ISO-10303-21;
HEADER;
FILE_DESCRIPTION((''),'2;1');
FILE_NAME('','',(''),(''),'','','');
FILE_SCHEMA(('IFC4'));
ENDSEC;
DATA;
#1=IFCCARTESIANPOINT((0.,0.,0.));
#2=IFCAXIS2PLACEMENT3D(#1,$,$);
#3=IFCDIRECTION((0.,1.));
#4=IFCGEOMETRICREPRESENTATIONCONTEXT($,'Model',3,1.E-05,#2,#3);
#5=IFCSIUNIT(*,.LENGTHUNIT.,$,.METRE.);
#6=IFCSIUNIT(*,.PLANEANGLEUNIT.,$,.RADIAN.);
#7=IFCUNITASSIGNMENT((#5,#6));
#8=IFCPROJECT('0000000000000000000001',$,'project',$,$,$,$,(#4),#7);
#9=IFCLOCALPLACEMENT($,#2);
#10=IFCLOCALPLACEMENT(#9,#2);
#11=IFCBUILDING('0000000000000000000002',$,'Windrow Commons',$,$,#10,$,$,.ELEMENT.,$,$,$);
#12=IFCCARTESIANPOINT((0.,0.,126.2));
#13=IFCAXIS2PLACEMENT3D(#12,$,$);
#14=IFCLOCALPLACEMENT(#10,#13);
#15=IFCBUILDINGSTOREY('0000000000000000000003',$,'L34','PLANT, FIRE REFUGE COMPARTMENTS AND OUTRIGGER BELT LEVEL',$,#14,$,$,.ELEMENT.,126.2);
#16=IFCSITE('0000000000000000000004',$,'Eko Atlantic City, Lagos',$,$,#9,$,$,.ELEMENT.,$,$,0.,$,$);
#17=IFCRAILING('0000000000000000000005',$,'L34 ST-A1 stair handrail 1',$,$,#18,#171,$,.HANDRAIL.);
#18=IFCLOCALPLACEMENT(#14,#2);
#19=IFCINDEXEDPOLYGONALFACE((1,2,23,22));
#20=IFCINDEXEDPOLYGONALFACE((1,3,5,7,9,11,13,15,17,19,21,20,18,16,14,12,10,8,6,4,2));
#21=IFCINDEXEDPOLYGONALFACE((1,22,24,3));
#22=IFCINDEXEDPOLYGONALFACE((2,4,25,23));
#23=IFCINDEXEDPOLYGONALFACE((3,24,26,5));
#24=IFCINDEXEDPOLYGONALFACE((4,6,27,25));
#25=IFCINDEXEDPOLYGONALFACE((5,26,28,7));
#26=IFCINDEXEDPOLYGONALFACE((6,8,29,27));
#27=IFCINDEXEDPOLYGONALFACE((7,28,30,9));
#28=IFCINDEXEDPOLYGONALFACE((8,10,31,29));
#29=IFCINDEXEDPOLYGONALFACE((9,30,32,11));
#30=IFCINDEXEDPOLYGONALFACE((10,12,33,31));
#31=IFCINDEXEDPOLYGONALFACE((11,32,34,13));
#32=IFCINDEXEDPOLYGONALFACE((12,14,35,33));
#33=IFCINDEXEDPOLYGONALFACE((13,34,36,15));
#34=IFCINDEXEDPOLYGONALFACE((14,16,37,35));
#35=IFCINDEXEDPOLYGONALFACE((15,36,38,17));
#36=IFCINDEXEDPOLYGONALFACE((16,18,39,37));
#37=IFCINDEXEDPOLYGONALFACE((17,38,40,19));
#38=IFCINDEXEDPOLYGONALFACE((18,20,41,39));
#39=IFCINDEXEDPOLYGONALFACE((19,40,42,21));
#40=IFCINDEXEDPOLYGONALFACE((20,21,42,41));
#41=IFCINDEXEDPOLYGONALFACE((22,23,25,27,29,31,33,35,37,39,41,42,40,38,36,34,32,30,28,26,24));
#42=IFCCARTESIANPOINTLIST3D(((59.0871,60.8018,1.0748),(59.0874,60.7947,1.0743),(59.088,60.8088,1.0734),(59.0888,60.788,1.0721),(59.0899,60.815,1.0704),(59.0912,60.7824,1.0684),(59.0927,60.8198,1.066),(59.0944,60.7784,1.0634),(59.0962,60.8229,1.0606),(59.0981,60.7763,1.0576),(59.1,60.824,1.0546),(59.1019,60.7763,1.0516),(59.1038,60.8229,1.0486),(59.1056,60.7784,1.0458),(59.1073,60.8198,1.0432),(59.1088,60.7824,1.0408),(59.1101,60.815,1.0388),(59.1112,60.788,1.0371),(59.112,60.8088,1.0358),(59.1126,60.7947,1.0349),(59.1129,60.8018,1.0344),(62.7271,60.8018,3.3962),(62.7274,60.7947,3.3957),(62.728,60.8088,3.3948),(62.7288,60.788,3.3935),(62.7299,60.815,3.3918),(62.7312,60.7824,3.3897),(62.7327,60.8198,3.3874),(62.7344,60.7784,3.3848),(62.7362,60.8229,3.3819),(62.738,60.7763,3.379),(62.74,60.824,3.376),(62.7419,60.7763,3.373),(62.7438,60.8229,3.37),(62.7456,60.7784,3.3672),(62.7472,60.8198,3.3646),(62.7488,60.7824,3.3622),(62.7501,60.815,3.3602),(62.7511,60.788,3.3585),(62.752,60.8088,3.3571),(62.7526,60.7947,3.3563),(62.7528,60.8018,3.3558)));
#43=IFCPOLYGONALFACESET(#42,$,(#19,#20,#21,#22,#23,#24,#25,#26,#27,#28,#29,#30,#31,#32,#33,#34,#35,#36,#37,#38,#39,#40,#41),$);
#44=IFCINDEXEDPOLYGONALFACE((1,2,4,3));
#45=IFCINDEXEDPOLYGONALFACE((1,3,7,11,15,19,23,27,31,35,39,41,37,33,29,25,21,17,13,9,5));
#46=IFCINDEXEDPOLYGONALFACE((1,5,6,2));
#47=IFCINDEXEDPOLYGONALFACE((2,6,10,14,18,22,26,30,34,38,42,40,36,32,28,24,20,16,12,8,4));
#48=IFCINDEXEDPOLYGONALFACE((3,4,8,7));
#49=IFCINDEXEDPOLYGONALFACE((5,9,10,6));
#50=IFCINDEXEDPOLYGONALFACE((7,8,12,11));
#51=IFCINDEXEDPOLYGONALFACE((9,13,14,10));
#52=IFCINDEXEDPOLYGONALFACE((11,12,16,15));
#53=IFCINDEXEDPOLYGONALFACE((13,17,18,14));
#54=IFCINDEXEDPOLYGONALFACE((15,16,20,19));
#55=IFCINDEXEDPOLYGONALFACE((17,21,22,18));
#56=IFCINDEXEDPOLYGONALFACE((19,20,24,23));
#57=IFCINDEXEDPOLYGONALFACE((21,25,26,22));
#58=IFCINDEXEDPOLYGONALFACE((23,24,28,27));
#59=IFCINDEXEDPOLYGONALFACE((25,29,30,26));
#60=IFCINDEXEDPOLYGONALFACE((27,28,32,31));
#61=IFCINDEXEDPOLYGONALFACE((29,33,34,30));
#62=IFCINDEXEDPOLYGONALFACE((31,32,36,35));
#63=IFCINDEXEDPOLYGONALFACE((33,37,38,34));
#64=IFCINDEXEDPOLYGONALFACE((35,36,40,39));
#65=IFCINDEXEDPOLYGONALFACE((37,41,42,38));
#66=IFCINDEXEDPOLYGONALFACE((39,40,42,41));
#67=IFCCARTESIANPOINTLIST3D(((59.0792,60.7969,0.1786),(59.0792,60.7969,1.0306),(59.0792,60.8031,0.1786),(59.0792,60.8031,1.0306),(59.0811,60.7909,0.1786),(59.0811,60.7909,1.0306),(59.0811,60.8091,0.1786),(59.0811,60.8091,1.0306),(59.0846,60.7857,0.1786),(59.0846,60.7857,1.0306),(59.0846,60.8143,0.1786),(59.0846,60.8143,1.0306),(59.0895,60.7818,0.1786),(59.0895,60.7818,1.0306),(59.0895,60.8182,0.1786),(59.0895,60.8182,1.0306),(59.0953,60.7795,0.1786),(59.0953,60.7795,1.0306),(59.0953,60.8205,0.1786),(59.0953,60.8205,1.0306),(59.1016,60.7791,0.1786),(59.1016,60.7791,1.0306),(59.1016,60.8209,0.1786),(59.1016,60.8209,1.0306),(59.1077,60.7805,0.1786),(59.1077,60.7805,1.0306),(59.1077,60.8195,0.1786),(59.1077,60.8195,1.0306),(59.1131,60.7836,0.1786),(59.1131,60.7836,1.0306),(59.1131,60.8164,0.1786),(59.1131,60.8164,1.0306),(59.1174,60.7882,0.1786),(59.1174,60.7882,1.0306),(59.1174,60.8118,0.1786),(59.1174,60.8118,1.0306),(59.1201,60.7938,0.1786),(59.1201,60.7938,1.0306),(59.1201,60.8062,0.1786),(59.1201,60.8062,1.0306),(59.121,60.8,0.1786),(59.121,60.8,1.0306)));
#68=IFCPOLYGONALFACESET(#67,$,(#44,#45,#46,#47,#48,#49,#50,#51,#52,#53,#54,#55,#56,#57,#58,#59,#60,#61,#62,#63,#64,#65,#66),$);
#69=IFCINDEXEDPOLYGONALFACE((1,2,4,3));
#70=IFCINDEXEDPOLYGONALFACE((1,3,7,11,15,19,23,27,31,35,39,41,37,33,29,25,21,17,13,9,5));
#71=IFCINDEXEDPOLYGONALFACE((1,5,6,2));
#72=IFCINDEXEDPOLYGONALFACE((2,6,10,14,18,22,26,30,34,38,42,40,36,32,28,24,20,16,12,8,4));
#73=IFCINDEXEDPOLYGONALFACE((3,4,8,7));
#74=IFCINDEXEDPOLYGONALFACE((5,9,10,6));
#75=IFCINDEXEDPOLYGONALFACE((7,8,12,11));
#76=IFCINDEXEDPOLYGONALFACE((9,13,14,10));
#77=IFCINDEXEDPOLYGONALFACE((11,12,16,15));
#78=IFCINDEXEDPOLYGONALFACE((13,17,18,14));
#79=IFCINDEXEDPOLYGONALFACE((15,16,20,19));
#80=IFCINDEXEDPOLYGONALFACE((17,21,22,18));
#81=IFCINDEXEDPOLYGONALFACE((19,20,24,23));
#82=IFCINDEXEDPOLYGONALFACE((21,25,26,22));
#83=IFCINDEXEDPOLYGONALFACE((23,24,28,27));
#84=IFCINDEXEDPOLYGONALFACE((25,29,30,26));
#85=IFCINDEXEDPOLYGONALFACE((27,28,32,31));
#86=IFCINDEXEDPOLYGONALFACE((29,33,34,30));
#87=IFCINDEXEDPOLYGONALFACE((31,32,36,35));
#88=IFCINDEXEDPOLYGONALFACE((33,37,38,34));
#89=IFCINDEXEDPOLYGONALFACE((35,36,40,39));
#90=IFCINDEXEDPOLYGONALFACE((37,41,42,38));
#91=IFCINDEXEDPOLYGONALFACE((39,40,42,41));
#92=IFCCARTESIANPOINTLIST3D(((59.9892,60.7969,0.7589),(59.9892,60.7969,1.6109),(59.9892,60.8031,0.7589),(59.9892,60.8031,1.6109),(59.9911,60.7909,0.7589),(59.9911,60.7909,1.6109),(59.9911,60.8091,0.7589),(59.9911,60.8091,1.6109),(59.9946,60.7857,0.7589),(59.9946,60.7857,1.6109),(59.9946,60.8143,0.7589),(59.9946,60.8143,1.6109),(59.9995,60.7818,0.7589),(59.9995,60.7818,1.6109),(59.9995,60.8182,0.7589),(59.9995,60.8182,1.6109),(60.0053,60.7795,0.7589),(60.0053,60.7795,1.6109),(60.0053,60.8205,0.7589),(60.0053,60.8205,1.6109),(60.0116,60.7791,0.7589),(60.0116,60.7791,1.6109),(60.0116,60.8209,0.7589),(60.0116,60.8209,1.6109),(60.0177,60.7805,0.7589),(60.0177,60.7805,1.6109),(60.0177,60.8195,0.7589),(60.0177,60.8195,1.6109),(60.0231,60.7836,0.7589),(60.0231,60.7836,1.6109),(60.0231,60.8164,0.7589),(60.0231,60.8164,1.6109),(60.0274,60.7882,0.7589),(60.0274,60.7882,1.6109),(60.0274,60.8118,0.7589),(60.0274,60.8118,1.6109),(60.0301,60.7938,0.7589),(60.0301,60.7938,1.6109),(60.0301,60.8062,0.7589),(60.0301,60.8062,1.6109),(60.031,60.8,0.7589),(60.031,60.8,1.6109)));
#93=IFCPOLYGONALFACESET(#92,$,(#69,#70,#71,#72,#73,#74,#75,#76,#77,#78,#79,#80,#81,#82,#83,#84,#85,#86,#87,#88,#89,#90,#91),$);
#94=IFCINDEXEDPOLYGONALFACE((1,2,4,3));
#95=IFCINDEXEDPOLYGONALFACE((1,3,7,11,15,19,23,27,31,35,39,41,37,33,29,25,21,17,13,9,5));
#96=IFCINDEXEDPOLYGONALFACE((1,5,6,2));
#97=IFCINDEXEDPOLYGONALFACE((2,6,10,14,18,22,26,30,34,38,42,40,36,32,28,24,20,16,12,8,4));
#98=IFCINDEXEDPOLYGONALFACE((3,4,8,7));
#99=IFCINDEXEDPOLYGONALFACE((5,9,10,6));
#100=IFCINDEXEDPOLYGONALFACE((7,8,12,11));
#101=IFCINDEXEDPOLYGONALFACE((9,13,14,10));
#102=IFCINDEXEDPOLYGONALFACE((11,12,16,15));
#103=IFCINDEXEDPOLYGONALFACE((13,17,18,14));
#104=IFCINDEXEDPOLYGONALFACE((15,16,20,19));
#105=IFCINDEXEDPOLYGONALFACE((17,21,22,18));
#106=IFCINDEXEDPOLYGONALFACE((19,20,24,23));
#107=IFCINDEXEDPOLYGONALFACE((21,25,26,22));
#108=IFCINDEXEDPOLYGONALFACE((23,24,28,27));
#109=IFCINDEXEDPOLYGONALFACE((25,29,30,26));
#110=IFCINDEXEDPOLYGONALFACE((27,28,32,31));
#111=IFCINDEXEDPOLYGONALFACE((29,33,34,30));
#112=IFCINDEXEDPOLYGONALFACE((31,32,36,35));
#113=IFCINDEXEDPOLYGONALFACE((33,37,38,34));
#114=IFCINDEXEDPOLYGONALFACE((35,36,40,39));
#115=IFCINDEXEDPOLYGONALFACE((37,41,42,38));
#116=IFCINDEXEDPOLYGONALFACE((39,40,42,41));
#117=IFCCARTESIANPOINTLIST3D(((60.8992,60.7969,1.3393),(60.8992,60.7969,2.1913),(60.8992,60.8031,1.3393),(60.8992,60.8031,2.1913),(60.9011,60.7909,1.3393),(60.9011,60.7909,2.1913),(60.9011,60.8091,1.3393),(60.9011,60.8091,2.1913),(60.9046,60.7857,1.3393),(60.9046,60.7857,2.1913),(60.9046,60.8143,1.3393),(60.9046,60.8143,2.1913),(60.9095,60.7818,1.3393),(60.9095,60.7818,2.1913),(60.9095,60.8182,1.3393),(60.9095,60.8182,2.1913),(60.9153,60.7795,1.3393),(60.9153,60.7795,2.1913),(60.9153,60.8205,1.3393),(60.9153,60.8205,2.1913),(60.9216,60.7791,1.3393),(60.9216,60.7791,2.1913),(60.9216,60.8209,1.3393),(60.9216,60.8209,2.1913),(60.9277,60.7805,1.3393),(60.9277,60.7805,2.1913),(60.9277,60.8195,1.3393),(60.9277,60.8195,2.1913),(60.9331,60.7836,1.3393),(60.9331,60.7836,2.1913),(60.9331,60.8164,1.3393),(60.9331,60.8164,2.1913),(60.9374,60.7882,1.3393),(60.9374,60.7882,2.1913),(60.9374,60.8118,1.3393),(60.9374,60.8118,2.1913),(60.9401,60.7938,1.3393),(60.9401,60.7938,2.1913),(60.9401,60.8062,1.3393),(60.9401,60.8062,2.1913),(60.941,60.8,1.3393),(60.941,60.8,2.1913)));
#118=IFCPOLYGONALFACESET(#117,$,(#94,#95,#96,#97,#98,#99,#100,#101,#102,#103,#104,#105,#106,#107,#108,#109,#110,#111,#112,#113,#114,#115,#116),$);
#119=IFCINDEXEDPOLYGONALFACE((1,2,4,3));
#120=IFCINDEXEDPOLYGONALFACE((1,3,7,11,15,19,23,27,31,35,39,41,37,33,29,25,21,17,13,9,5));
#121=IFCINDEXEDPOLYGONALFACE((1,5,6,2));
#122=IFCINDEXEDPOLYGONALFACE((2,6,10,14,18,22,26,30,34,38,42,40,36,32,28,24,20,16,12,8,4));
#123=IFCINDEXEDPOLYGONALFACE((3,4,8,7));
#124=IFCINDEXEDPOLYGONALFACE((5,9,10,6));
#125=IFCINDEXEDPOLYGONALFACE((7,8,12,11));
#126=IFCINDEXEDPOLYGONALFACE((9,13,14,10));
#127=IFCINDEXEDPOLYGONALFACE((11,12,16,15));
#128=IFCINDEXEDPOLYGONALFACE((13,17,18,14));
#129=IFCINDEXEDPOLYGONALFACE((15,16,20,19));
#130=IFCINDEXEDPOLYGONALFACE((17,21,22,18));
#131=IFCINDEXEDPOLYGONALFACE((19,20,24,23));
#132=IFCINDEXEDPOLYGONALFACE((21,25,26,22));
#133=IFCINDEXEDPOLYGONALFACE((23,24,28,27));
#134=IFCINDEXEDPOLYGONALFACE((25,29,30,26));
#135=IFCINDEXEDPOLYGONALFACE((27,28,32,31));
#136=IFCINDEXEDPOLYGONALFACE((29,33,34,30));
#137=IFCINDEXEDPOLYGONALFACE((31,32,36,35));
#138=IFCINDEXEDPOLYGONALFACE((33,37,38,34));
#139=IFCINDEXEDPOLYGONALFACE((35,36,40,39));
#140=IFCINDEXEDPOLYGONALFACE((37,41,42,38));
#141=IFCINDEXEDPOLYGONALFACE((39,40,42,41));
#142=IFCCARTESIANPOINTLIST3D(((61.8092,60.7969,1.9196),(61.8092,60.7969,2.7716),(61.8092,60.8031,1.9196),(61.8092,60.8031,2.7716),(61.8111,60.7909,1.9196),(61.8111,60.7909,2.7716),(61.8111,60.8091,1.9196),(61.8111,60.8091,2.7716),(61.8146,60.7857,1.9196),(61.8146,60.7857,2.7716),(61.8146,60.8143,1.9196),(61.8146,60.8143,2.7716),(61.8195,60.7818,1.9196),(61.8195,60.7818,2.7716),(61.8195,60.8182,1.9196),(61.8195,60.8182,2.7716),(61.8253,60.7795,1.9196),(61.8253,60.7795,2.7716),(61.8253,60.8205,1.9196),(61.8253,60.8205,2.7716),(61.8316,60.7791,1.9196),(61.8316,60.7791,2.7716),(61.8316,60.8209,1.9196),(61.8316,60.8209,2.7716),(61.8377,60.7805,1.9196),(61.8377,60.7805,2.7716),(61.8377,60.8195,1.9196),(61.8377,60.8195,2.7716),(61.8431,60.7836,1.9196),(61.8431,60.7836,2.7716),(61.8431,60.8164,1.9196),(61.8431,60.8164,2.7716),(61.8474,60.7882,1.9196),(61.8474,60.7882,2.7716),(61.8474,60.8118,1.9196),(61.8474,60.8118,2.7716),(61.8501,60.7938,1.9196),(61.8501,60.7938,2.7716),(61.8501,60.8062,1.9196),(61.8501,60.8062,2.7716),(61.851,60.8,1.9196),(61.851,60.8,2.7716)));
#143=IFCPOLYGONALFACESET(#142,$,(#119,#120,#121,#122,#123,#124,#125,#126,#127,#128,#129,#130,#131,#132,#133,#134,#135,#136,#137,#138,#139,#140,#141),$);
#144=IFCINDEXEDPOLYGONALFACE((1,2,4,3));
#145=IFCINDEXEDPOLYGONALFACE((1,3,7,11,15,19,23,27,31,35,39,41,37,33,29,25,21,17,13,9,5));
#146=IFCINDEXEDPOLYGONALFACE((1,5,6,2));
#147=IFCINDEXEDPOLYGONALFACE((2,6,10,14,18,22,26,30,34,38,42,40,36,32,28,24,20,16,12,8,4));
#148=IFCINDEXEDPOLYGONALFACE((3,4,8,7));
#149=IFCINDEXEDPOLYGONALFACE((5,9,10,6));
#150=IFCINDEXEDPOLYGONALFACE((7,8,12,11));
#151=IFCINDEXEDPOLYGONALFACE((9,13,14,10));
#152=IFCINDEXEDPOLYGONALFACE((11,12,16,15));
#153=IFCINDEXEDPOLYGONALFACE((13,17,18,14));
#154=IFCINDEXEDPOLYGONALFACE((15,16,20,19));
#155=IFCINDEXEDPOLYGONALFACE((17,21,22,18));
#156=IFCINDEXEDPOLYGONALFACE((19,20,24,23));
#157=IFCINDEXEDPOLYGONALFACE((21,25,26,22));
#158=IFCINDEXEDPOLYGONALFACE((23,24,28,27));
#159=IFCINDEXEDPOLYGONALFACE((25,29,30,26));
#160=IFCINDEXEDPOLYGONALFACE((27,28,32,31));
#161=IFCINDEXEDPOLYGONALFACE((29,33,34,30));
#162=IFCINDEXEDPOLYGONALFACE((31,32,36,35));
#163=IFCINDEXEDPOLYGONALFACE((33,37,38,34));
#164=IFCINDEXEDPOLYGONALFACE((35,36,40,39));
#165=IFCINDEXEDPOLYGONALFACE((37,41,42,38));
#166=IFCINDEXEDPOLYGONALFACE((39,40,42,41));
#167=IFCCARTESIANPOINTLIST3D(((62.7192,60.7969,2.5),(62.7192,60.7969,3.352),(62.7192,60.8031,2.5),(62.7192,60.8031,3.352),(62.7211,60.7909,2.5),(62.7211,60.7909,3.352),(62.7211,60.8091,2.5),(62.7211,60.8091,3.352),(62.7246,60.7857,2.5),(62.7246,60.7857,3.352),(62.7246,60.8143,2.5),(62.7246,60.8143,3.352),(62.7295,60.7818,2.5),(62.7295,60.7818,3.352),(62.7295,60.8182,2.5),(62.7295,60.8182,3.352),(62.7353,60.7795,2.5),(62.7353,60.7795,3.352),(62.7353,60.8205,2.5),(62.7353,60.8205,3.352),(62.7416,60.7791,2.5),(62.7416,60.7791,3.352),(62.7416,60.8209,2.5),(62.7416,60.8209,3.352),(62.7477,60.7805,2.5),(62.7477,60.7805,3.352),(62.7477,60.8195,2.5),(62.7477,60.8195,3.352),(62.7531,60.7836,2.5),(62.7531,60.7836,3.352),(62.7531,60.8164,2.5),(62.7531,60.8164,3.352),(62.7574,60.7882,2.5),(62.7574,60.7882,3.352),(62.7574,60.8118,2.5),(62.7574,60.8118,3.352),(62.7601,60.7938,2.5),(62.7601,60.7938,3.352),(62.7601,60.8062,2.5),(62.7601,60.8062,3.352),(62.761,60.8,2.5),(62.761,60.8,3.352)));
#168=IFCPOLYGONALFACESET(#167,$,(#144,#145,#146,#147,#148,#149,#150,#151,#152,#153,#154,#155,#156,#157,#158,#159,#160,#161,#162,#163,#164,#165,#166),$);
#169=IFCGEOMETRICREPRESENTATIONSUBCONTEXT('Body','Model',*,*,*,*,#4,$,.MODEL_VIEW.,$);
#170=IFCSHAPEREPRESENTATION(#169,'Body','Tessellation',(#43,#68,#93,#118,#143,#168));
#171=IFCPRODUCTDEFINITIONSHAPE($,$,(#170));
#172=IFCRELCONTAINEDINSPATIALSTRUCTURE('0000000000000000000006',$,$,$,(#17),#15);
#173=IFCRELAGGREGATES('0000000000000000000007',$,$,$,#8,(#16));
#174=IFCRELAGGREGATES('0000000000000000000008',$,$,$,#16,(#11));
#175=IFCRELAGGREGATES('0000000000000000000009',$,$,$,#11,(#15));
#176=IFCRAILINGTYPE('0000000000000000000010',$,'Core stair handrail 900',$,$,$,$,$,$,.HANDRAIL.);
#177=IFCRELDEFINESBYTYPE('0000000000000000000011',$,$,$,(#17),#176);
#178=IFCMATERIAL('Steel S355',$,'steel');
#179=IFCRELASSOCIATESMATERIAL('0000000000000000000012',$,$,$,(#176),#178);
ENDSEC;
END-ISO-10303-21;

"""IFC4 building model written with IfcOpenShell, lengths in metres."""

from ifc_helpers import new_model, si_unit, direction, frame, origin, origin_2d, place, context, subcontext, project, spatial, circle, extrude, material, type_object, element, save


model = new_model("IFC4")

# Units and contexts
model_context = context("Model", 3, precision=1e-05, world=origin(), true_north=direction((0.0, 1.0)))
body_context = subcontext(model_context, "Body", "Model", "MODEL_VIEW")
ifc_project = project(units=[si_unit("LENGTHUNIT", "METRE"), si_unit("PLANEANGLEUNIT", "RADIAN")], contexts=[model_context])

# Site, building, storey
site_placement = place(None, origin())
site = spatial("IfcSite", under=ifc_project, at=site_placement, Name="Eko Atlantic City, Lagos", CompositionType="ELEMENT", RefElevation=0.0)
building_placement = place(site_placement, origin())
building = spatial("IfcBuilding", under=site, at=building_placement, Name="Windrow Commons", CompositionType="ELEMENT")
storey_placement = place(building_placement, frame((0.0, 0.0, 126.2)))
storey = spatial("IfcBuildingStorey", under=building, at=storey_placement, Name="L34", Description="PLANT, FIRE REFUGE COMPARTMENTS AND OUTRIGGER BELT LEVEL", CompositionType="ELEMENT", Elevation=126.2)

# Railing
ifc_material_1 = material(Name="Steel S355", Category="steel")
railing_type = type_object("IfcRailingType", Name="Core stair handrail 900", PredefinedType="HANDRAIL", material=ifc_material_1)
railing_placement = place(storey_placement, frame((59.1, 60.8, 0.1786)))
element("IfcRailing", 1, at=railing_placement, inside=storey, type_object=railing_type, Name="L34 ST-A1 stair handrail 1", PredefinedType="HANDRAIL", context=body_context, shape_type="SweptSolid", body=[
    extrude(circle(Radius=0.024, at=origin_2d()), frame((0.0, 0.0, 0.876), z_axis=(0.843133, 0.0, 0.537706), x_axis=(0.0, 1.0, 0.0)), (0.0, 0.0, 1.0), 4.3172),
    extrude(circle(Radius=0.021, at=origin_2d()), origin(), (0.0, 0.0, 1.0), 0.852),
    extrude(circle(Radius=0.021, at=origin_2d()), frame((0.91, 0.0, 0.5803)), (0.0, 0.0, 1.0), 0.852),
    extrude(circle(Radius=0.021, at=origin_2d()), frame((1.82, 0.0, 1.1607)), (0.0, 0.0, 1.0), 0.852),
    extrude(circle(Radius=0.021, at=origin_2d()), frame((2.73, 0.0, 1.741)), (0.0, 0.0, 1.0), 0.852),
    extrude(circle(Radius=0.021, at=origin_2d()), frame((3.64, 0.0, 2.3214)), (0.0, 0.0, 1.0), 0.852),
])

save(model, "model.ifc")
